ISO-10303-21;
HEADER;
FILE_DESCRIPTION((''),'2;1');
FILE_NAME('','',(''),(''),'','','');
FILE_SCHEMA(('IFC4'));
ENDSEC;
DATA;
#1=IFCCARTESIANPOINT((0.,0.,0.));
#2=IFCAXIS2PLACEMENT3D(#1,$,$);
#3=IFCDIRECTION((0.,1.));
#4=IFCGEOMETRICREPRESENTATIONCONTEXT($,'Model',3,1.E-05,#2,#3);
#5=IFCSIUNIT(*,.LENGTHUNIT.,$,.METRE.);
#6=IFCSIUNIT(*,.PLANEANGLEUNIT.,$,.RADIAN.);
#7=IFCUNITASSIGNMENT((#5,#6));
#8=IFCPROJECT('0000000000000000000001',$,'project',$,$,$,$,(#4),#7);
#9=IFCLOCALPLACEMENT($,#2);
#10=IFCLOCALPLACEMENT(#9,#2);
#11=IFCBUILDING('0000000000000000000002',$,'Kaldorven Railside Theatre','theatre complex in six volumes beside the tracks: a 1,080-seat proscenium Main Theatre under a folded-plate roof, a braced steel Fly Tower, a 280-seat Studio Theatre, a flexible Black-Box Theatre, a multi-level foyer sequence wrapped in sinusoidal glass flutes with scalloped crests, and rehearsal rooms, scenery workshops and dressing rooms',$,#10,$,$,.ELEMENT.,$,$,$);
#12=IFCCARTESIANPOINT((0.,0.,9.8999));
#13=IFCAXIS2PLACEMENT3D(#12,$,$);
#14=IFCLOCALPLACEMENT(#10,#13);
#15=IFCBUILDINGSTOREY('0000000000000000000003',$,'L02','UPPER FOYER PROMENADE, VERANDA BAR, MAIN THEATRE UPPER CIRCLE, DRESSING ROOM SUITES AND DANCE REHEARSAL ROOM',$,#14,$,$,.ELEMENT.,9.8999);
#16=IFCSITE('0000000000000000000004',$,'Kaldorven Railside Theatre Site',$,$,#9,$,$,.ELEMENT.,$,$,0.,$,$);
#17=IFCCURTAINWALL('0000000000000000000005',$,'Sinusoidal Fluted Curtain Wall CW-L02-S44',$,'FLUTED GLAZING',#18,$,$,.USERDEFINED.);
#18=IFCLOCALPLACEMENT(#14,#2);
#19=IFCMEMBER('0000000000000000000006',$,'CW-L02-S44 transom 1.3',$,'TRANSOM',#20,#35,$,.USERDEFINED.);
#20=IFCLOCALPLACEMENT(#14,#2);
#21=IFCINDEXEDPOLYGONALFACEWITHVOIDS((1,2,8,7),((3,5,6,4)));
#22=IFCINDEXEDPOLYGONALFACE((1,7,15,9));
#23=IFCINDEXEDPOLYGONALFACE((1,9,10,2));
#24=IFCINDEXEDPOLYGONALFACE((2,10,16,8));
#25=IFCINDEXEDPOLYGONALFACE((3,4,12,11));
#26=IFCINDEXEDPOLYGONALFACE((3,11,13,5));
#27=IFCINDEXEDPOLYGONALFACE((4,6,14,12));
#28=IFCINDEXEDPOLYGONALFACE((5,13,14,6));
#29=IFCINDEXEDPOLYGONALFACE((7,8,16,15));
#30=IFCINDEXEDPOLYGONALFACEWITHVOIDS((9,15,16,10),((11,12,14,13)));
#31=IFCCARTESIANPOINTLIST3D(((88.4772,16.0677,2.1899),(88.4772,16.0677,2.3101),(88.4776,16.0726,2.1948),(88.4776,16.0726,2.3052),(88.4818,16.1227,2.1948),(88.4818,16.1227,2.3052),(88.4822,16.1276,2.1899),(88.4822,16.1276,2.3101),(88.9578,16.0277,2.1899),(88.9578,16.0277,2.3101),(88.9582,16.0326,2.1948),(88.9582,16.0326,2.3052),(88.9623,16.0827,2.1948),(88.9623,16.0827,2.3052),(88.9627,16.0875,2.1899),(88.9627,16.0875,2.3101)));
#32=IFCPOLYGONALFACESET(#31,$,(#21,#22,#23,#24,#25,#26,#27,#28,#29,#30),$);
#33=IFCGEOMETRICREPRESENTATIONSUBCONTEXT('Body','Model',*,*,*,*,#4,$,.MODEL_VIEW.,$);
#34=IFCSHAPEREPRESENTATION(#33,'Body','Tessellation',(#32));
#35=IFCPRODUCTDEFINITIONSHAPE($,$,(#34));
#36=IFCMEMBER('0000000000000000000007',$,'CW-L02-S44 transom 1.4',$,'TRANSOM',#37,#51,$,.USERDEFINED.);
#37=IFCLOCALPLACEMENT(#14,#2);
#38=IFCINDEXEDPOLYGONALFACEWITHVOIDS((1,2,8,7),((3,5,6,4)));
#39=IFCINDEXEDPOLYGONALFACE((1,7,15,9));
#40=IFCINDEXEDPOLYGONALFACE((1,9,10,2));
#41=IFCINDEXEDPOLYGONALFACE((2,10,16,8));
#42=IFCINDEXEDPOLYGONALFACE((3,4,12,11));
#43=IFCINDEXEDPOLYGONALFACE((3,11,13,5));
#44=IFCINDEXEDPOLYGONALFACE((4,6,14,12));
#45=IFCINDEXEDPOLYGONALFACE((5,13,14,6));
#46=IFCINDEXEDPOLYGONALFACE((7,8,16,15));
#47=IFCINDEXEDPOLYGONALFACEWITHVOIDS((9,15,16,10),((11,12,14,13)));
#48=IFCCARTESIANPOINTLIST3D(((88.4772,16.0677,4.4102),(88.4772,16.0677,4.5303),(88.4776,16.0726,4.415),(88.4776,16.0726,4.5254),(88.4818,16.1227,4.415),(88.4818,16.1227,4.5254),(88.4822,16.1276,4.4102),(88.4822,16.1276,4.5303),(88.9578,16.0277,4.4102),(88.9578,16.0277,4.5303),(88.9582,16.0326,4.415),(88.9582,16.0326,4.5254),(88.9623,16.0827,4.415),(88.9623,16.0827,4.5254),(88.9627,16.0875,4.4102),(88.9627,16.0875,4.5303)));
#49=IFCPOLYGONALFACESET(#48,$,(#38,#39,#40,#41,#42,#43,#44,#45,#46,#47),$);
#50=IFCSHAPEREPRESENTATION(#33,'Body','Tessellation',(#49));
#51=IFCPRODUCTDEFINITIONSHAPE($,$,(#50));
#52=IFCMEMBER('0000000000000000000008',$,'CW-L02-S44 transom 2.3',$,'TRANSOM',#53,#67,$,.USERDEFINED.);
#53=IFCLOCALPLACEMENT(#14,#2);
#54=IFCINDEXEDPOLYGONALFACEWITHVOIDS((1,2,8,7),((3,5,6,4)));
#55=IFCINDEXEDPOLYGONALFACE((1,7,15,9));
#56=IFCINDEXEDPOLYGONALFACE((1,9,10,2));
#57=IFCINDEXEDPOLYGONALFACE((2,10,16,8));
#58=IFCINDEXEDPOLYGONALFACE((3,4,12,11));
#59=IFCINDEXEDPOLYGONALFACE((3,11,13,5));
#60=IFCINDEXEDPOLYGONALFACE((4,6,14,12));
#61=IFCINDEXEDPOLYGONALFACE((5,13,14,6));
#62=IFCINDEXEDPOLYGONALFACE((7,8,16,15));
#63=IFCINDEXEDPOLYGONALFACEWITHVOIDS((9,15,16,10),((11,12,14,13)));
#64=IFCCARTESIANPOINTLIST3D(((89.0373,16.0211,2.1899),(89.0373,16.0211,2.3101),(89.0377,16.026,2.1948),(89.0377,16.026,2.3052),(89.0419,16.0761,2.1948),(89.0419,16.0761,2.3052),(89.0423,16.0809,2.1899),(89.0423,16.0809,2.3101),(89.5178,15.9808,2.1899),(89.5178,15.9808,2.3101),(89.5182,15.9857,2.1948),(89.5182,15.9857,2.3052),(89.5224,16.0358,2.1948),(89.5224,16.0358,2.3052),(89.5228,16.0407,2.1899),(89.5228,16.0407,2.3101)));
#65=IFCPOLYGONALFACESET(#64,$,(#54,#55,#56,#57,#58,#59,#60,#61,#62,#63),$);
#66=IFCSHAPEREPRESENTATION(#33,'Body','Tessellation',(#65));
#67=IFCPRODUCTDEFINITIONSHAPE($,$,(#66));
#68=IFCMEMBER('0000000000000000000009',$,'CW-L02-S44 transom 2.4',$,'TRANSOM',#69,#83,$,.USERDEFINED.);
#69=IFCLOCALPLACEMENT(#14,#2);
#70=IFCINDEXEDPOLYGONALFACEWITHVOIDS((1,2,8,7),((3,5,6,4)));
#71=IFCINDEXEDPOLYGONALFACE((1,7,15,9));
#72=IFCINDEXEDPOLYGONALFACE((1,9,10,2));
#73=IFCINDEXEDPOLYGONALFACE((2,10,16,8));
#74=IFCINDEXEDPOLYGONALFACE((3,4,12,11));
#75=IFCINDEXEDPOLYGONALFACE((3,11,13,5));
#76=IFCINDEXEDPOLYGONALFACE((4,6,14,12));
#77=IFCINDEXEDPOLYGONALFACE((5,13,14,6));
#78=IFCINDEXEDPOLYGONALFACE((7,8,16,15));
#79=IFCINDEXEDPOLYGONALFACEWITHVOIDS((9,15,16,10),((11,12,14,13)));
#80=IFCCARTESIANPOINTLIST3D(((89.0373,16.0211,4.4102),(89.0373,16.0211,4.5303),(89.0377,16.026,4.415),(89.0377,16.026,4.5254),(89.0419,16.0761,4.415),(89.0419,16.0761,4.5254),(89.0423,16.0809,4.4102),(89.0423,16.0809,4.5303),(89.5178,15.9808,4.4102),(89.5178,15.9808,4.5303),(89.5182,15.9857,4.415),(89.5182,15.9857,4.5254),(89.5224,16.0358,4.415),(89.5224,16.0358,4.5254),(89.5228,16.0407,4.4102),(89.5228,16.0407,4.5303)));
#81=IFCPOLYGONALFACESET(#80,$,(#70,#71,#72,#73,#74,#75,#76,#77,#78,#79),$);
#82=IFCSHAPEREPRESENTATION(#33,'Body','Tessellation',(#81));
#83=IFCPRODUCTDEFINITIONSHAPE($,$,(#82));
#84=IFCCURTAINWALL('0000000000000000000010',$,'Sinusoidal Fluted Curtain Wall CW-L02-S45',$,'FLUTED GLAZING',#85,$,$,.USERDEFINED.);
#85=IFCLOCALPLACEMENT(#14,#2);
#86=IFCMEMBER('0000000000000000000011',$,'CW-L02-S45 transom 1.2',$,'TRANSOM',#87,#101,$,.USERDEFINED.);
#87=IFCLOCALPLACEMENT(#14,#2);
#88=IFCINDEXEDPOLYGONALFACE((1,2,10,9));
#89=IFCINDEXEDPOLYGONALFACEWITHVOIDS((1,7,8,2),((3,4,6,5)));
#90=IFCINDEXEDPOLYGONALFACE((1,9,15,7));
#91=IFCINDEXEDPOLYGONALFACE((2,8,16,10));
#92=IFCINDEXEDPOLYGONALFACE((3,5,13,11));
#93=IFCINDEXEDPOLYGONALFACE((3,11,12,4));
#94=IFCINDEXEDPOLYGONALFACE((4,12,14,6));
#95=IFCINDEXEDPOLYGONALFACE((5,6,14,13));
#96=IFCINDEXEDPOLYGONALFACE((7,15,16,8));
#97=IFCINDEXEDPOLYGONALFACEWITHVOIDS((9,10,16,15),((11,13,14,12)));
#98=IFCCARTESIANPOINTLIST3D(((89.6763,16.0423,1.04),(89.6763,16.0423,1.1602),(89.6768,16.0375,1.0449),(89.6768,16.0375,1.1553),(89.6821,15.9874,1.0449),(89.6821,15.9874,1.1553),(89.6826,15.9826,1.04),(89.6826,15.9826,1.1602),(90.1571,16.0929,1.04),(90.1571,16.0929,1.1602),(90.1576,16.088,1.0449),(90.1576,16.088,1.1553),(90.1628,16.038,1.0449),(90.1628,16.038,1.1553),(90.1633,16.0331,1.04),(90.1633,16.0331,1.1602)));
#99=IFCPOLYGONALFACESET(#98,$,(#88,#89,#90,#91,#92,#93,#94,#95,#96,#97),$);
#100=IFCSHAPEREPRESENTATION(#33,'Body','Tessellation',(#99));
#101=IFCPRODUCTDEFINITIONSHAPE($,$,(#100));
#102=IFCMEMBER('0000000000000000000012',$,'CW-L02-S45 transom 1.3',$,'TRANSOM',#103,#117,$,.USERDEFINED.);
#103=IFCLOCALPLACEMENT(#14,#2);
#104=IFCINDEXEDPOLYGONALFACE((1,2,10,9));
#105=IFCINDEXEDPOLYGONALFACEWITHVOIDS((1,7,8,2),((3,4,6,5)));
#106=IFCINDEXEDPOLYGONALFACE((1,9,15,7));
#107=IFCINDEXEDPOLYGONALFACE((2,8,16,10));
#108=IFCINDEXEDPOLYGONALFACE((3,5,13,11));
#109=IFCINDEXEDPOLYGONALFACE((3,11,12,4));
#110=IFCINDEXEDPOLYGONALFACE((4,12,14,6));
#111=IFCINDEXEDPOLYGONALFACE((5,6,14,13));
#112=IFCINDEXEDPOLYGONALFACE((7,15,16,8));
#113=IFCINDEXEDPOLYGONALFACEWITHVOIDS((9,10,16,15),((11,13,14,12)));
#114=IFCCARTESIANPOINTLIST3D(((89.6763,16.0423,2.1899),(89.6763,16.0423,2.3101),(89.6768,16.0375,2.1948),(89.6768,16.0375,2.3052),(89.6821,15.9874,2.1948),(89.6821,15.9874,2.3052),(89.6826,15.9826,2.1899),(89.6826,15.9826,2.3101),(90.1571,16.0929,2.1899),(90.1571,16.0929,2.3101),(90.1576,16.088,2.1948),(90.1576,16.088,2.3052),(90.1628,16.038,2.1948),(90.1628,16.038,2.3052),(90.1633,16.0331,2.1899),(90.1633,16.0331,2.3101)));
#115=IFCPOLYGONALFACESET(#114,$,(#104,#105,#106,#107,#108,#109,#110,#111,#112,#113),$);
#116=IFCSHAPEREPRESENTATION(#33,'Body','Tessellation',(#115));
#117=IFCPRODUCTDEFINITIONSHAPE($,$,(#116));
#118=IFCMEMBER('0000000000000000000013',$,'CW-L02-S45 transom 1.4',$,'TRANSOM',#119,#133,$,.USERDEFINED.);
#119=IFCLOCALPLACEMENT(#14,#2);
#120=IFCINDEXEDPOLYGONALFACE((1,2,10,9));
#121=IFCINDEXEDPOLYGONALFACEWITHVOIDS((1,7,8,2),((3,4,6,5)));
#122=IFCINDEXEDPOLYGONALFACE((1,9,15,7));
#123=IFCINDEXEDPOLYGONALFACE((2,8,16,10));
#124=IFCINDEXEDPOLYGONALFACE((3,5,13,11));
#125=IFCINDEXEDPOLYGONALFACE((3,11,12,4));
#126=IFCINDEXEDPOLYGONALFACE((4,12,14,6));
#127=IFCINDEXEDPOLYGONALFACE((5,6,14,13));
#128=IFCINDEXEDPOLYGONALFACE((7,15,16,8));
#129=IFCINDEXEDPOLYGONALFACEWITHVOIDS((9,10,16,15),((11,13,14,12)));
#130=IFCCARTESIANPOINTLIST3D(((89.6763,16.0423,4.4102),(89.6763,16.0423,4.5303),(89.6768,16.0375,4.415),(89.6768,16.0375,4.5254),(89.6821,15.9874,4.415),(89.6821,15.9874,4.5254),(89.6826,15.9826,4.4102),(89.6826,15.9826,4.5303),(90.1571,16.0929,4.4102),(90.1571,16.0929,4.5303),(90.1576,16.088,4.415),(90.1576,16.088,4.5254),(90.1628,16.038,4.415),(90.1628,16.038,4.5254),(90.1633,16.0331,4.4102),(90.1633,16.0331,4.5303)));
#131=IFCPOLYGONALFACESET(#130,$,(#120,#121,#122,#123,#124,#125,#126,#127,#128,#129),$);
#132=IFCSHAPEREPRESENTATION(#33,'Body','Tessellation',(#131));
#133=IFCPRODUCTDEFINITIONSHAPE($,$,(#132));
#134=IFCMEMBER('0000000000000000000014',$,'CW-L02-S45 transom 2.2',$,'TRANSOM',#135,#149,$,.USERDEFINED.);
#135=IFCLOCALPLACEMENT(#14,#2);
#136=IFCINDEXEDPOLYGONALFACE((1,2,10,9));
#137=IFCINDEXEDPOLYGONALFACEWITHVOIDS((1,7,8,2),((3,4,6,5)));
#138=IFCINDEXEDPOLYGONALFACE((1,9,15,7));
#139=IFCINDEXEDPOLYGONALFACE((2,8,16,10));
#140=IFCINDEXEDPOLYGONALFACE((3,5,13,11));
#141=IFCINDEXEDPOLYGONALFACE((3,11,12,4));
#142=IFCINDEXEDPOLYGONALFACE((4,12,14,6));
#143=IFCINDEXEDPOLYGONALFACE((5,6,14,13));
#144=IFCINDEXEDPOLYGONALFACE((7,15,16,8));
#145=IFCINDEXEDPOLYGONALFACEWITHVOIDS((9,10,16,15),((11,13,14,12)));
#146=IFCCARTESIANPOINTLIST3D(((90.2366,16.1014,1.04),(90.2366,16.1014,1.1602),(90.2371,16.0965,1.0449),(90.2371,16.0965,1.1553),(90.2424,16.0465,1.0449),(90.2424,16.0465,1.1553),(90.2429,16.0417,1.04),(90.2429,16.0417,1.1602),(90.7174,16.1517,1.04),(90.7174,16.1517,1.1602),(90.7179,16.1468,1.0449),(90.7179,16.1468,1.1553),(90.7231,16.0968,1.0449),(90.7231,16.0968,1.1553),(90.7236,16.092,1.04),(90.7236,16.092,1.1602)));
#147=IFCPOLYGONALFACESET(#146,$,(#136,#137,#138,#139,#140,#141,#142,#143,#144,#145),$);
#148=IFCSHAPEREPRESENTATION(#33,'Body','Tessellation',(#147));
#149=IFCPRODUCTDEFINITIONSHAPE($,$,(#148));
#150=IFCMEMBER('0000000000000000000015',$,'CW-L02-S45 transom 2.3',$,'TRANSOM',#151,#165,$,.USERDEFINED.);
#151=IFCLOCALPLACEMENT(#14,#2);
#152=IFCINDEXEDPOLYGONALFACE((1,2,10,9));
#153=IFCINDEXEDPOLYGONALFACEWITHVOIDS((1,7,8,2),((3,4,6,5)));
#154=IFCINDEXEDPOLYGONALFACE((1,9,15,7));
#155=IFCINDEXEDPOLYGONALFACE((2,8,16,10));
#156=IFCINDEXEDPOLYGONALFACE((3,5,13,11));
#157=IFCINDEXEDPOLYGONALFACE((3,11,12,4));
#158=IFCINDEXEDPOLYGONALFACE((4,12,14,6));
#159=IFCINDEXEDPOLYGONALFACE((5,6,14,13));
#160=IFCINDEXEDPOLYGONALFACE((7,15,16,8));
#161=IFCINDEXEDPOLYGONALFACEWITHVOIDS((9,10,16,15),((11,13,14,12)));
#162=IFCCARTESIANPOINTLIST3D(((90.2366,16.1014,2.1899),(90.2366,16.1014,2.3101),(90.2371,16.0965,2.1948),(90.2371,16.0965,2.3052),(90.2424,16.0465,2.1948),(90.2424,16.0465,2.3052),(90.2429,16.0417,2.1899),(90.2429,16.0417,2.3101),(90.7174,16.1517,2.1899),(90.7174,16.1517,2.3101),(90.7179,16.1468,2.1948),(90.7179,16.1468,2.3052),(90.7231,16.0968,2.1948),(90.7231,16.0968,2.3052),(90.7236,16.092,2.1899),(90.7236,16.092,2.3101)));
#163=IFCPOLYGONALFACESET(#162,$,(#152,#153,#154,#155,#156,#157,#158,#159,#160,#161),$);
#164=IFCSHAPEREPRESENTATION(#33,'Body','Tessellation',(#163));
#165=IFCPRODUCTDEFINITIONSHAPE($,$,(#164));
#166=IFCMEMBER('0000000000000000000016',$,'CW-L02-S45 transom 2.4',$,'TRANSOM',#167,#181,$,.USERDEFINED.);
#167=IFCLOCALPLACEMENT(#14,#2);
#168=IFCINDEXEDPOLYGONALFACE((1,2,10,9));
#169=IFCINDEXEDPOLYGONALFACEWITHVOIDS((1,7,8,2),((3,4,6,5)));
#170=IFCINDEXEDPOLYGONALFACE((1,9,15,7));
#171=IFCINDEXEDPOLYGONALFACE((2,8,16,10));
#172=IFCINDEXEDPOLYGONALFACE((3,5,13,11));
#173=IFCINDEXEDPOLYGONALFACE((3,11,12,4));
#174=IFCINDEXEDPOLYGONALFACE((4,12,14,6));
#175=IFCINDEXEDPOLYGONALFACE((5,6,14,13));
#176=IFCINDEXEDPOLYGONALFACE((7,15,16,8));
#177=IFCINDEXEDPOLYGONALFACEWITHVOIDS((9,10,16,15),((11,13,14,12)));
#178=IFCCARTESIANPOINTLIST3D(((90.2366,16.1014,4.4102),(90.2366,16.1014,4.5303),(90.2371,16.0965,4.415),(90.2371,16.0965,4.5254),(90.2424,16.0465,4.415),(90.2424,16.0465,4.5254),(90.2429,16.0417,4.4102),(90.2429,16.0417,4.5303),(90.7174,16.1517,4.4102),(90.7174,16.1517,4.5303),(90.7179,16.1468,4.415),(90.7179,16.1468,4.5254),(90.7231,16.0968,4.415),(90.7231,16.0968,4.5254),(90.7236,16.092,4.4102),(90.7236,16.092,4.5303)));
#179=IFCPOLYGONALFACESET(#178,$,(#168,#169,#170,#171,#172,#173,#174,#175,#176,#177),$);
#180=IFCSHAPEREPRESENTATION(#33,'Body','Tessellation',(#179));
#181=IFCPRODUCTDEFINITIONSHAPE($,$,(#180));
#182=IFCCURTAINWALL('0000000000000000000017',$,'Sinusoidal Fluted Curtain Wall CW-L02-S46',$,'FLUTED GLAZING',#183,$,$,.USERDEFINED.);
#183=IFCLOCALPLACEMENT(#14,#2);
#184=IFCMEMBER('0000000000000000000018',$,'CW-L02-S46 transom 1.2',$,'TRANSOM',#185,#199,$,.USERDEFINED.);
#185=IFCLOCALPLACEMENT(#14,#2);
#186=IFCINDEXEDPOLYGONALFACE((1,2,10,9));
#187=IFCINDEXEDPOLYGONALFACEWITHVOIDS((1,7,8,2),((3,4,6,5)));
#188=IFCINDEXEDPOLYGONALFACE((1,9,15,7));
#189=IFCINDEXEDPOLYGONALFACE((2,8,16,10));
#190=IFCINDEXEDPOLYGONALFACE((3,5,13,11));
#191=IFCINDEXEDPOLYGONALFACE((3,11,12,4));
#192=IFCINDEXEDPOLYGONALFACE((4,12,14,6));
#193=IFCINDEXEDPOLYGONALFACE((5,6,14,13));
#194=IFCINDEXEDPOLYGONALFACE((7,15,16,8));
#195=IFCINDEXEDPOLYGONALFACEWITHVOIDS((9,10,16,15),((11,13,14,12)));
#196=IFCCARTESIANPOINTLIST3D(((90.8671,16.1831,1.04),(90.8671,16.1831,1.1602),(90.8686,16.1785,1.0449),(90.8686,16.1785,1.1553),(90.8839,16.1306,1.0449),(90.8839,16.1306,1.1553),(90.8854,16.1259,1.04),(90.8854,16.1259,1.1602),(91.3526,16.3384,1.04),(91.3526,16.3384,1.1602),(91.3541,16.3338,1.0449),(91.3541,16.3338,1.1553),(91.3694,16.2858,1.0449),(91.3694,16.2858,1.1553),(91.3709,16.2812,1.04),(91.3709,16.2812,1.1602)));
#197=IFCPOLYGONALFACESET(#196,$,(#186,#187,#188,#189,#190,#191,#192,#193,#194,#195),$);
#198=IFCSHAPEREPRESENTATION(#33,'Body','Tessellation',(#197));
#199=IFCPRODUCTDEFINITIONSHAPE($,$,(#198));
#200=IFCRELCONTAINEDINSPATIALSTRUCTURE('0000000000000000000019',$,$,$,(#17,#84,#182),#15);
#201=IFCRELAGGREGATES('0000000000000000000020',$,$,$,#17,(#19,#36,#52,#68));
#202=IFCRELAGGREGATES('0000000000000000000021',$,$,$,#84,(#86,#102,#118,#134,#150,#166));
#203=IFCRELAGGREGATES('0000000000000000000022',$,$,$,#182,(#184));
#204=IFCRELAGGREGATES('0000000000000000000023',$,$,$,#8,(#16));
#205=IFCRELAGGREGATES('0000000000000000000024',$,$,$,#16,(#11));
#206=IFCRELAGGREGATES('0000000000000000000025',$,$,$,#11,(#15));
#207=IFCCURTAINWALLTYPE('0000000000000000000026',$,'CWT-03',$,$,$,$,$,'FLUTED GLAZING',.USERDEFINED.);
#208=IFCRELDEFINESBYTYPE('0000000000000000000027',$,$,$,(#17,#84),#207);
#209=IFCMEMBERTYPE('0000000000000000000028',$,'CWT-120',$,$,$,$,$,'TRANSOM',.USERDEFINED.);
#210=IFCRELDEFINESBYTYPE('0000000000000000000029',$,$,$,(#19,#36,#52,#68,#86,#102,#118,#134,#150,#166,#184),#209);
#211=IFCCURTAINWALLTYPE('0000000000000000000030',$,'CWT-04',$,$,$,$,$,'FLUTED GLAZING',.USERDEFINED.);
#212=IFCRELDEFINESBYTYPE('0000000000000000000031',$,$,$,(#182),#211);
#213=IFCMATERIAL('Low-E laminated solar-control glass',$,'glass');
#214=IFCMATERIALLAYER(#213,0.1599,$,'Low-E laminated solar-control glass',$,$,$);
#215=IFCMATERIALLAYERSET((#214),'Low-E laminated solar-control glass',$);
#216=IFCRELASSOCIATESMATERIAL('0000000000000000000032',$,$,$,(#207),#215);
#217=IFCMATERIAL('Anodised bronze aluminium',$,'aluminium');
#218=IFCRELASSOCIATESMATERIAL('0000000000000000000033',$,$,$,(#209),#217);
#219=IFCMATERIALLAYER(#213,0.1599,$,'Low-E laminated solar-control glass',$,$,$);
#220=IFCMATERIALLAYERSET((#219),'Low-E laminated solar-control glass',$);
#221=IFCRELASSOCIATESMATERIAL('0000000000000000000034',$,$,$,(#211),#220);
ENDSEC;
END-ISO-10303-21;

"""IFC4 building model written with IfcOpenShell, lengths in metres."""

from ifc_helpers import new_model, si_unit, direction, frame, origin, origin_2d, place, context, subcontext, project, spatial, hollow_rectangle, extrude, material, layer, layer_set, material_profile, profile_set, type_object, element, aggregate, save


model = new_model("IFC4")

# Units and contexts
model_context = context("Model", 3, precision=1e-05, world=origin(), true_north=direction((0.0, 1.0)))
body_context = subcontext(model_context, "Body", "Model", "MODEL_VIEW")
ifc_project = project(units=[si_unit("LENGTHUNIT", "METRE"), si_unit("PLANEANGLEUNIT", "RADIAN")], contexts=[model_context])

# Site, building, storey
site_placement = place(None, origin())
site = spatial("IfcSite", under=ifc_project, at=site_placement, Name="Kaldorven Railside Theatre Site", CompositionType="ELEMENT", RefElevation=0.0)
building_placement = place(site_placement, origin())
building = spatial("IfcBuilding", under=site, at=building_placement, Name="Kaldorven Railside Theatre", Description="theatre complex in six volumes beside the tracks: a 1,080-seat proscenium Main Theatre under a folded-plate roof, a braced steel Fly Tower, a 280-seat Studio Theatre, a flexible Black-Box Theatre, a multi-level foyer sequence wrapped in sinusoidal glass flutes with scalloped crests, and rehearsal rooms, scenery workshops and dressing rooms", CompositionType="ELEMENT")
storey_placement = place(building_placement, frame((0.0, 0.0, 9.8999)))
storey = spatial("IfcBuildingStorey", under=building, at=storey_placement, Name="L02", Description="UPPER FOYER PROMENADE, VERANDA BAR, MAIN THEATRE UPPER CIRCLE, DRESSING ROOM SUITES AND DANCE REHEARSAL ROOM", CompositionType="ELEMENT", Elevation=9.8999)

# Curtain walls, members
ifc_material_1 = material(Name="Low-E laminated solar-control glass", Category="glass")
ifc_layer_1 = layer(ifc_material_1, 0.1599, Name="Low-E laminated solar-control glass")
ifc_layer_set_1 = layer_set([ifc_layer_1], Name="Low-E laminated solar-control glass")
curtain_wall_type_1 = type_object("IfcCurtainWallType", Name="CWT-03", ElementType="FLUTED GLAZING", PredefinedType="USERDEFINED", material=ifc_layer_set_1)
curtain_wall_1_placement = place(storey_placement, origin())
curtain_wall_1 = element("IfcCurtainWall", 1, at=curtain_wall_1_placement, inside=storey, type_object=curtain_wall_type_1, Name="Sinusoidal Fluted Curtain Wall CW-L02-S44", ObjectType="FLUTED GLAZING", PredefinedType="USERDEFINED")
ifc_material_2 = material(Name="Anodised bronze aluminium", Category="aluminium")
ifc_material_profile = material_profile(ifc_material_2, hollow_rectangle(XDim=0.0601, YDim=0.1201, WallThickness=0.0049, at=origin_2d()), Name="RHS 120x60x5")
ifc_profile_set = profile_set([ifc_material_profile], Name="Anodised bronze aluminium")
member_type = type_object("IfcMemberType", Name="CWT-120", ElementType="TRANSOM", PredefinedType="USERDEFINED", material=ifc_profile_set)
member_1_placement = place(storey_placement, frame((88.4797, 16.0977, 2.25), z_axis=(0.996546, -0.083045, 0.0), x_axis=(0.083045, 0.996546, 0.0)))
member_1 = element("IfcMember", 2, at=member_1_placement, type_object=member_type, Name="CW-L02-S44 transom 1.3", ObjectType="TRANSOM", PredefinedType="USERDEFINED", context=body_context, shape_type="SweptSolid", body=[
    extrude(hollow_rectangle(XDim=0.0601, YDim=0.1201, WallThickness=0.0049, at=origin_2d()), origin(), (0.0, 0.0, 1.0), 0.4822),
])
member_2_placement = place(storey_placement, frame((88.4797, 16.0977, 4.4702), z_axis=(0.996546, -0.083045, 0.0), x_axis=(0.083045, 0.996546, 0.0)))
member_2 = element("IfcMember", 3, at=member_2_placement, type_object=member_type, Name="CW-L02-S44 transom 1.4", ObjectType="TRANSOM", PredefinedType="USERDEFINED", context=body_context, shape_type="SweptSolid", body=[
    extrude(hollow_rectangle(XDim=0.0601, YDim=0.1201, WallThickness=0.0049, at=origin_2d()), origin(), (0.0, 0.0, 1.0), 0.4822),
])
member_3_placement = place(storey_placement, frame((89.0398, 16.051, 2.25), z_axis=(0.996504, -0.083548, 0.0), x_axis=(0.083548, 0.996504, 0.0)))
member_3 = element("IfcMember", 4, at=member_3_placement, type_object=member_type, Name="CW-L02-S44 transom 2.3", ObjectType="TRANSOM", PredefinedType="USERDEFINED", context=body_context, shape_type="SweptSolid", body=[
    extrude(hollow_rectangle(XDim=0.0601, YDim=0.1201, WallThickness=0.0049, at=origin_2d()), origin(), (0.0, 0.0, 1.0), 0.4822),
])
member_4_placement = place(storey_placement, frame((89.0398, 16.051, 4.4702), z_axis=(0.996504, -0.083548, 0.0), x_axis=(0.083548, 0.996504, 0.0)))
member_4 = element("IfcMember", 5, at=member_4_placement, type_object=member_type, Name="CW-L02-S44 transom 2.4", ObjectType="TRANSOM", PredefinedType="USERDEFINED", context=body_context, shape_type="SweptSolid", body=[
    extrude(hollow_rectangle(XDim=0.0601, YDim=0.1201, WallThickness=0.0049, at=origin_2d()), origin(), (0.0, 0.0, 1.0), 0.4822),
])
curtain_wall_2_placement = place(storey_placement, origin())
curtain_wall_2 = element("IfcCurtainWall", 6, at=curtain_wall_2_placement, inside=storey, type_object=curtain_wall_type_1, Name="Sinusoidal Fluted Curtain Wall CW-L02-S45", ObjectType="FLUTED GLAZING", PredefinedType="USERDEFINED")
member_5_placement = place(storey_placement, frame((89.6794, 16.0125, 1.1001), z_axis=(0.994519, 0.104553, 0.0), x_axis=(-0.104553, 0.994519, 0.0)))
member_5 = element("IfcMember", 7, at=member_5_placement, type_object=member_type, Name="CW-L02-S45 transom 1.2", ObjectType="TRANSOM", PredefinedType="USERDEFINED", context=body_context, shape_type="SweptSolid", body=[
    extrude(hollow_rectangle(XDim=0.0601, YDim=0.1201, WallThickness=0.0049, at=origin_2d()), origin(), (0.0, 0.0, 1.0), 0.4834),
])
member_6_placement = place(storey_placement, frame((89.6794, 16.0125, 2.25), z_axis=(0.994519, 0.104553, 0.0), x_axis=(-0.104553, 0.994519, 0.0)))
member_6 = element("IfcMember", 8, at=member_6_placement, type_object=member_type, Name="CW-L02-S45 transom 1.3", ObjectType="TRANSOM", PredefinedType="USERDEFINED", context=body_context, shape_type="SweptSolid", body=[
    extrude(hollow_rectangle(XDim=0.0601, YDim=0.1201, WallThickness=0.0049, at=origin_2d()), origin(), (0.0, 0.0, 1.0), 0.4834),
])
member_7_placement = place(storey_placement, frame((89.6794, 16.0125, 4.4702), z_axis=(0.994519, 0.104553, 0.0), x_axis=(-0.104553, 0.994519, 0.0)))
member_7 = element("IfcMember", 9, at=member_7_placement, type_object=member_type, Name="CW-L02-S45 transom 1.4", ObjectType="TRANSOM", PredefinedType="USERDEFINED", context=body_context, shape_type="SweptSolid", body=[
    extrude(hollow_rectangle(XDim=0.0601, YDim=0.1201, WallThickness=0.0049, at=origin_2d()), origin(), (0.0, 0.0, 1.0), 0.4834),
])
member_8_placement = place(storey_placement, frame((90.2397, 16.0715, 1.1001), z_axis=(0.994572, 0.104054, 0.0), x_axis=(-0.104054, 0.994572, 0.0)))
member_8 = element("IfcMember", 10, at=member_8_placement, type_object=member_type, Name="CW-L02-S45 transom 2.2", ObjectType="TRANSOM", PredefinedType="USERDEFINED", context=body_context, shape_type="SweptSolid", body=[
    extrude(hollow_rectangle(XDim=0.0601, YDim=0.1201, WallThickness=0.0049, at=origin_2d()), origin(), (0.0, 0.0, 1.0), 0.4834),
])
member_9_placement = place(storey_placement, frame((90.2397, 16.0715, 2.25), z_axis=(0.994572, 0.104054, 0.0), x_axis=(-0.104054, 0.994572, 0.0)))
member_9 = element("IfcMember", 11, at=member_9_placement, type_object=member_type, Name="CW-L02-S45 transom 2.3", ObjectType="TRANSOM", PredefinedType="USERDEFINED", context=body_context, shape_type="SweptSolid", body=[
    extrude(hollow_rectangle(XDim=0.0601, YDim=0.1201, WallThickness=0.0049, at=origin_2d()), origin(), (0.0, 0.0, 1.0), 0.4834),
])
member_10_placement = place(storey_placement, frame((90.2397, 16.0715, 4.4702), z_axis=(0.994572, 0.104054, 0.0), x_axis=(-0.104054, 0.994572, 0.0)))
member_10 = element("IfcMember", 12, at=member_10_placement, type_object=member_type, Name="CW-L02-S45 transom 2.4", ObjectType="TRANSOM", PredefinedType="USERDEFINED", context=body_context, shape_type="SweptSolid", body=[
    extrude(hollow_rectangle(XDim=0.0601, YDim=0.1201, WallThickness=0.0049, at=origin_2d()), origin(), (0.0, 0.0, 1.0), 0.4834),
])
ifc_layer_2 = layer(ifc_material_1, 0.1599, Name="Low-E laminated solar-control glass")
ifc_layer_set_2 = layer_set([ifc_layer_2], Name="Low-E laminated solar-control glass")
curtain_wall_type_2 = type_object("IfcCurtainWallType", Name="CWT-04", ElementType="FLUTED GLAZING", PredefinedType="USERDEFINED", material=ifc_layer_set_2)
curtain_wall_3_placement = place(storey_placement, origin())
curtain_wall_3 = element("IfcCurtainWall", 13, at=curtain_wall_3_placement, inside=storey, type_object=curtain_wall_type_2, Name="Sinusoidal Fluted Curtain Wall CW-L02-S46", ObjectType="FLUTED GLAZING", PredefinedType="USERDEFINED")
member_11_placement = place(storey_placement, frame((90.8762, 16.1545, 1.1001), z_axis=(0.952491, 0.304567, 0.0), x_axis=(-0.304567, 0.952491, 0.0)))
member_11 = element("IfcMember", 14, at=member_11_placement, type_object=member_type, Name="CW-L02-S46 transom 1.2", ObjectType="TRANSOM", PredefinedType="USERDEFINED", context=body_context, shape_type="SweptSolid", body=[
    extrude(hollow_rectangle(XDim=0.0601, YDim=0.1201, WallThickness=0.0049, at=origin_2d()), origin(), (0.0, 0.0, 1.0), 0.5098),
])

aggregate(curtain_wall_1, [member_1, member_2, member_3, member_4])
aggregate(curtain_wall_2, [member_5, member_6, member_7, member_8, member_9, member_10])
aggregate(curtain_wall_3, [member_11])

save(model, "model.ifc")
